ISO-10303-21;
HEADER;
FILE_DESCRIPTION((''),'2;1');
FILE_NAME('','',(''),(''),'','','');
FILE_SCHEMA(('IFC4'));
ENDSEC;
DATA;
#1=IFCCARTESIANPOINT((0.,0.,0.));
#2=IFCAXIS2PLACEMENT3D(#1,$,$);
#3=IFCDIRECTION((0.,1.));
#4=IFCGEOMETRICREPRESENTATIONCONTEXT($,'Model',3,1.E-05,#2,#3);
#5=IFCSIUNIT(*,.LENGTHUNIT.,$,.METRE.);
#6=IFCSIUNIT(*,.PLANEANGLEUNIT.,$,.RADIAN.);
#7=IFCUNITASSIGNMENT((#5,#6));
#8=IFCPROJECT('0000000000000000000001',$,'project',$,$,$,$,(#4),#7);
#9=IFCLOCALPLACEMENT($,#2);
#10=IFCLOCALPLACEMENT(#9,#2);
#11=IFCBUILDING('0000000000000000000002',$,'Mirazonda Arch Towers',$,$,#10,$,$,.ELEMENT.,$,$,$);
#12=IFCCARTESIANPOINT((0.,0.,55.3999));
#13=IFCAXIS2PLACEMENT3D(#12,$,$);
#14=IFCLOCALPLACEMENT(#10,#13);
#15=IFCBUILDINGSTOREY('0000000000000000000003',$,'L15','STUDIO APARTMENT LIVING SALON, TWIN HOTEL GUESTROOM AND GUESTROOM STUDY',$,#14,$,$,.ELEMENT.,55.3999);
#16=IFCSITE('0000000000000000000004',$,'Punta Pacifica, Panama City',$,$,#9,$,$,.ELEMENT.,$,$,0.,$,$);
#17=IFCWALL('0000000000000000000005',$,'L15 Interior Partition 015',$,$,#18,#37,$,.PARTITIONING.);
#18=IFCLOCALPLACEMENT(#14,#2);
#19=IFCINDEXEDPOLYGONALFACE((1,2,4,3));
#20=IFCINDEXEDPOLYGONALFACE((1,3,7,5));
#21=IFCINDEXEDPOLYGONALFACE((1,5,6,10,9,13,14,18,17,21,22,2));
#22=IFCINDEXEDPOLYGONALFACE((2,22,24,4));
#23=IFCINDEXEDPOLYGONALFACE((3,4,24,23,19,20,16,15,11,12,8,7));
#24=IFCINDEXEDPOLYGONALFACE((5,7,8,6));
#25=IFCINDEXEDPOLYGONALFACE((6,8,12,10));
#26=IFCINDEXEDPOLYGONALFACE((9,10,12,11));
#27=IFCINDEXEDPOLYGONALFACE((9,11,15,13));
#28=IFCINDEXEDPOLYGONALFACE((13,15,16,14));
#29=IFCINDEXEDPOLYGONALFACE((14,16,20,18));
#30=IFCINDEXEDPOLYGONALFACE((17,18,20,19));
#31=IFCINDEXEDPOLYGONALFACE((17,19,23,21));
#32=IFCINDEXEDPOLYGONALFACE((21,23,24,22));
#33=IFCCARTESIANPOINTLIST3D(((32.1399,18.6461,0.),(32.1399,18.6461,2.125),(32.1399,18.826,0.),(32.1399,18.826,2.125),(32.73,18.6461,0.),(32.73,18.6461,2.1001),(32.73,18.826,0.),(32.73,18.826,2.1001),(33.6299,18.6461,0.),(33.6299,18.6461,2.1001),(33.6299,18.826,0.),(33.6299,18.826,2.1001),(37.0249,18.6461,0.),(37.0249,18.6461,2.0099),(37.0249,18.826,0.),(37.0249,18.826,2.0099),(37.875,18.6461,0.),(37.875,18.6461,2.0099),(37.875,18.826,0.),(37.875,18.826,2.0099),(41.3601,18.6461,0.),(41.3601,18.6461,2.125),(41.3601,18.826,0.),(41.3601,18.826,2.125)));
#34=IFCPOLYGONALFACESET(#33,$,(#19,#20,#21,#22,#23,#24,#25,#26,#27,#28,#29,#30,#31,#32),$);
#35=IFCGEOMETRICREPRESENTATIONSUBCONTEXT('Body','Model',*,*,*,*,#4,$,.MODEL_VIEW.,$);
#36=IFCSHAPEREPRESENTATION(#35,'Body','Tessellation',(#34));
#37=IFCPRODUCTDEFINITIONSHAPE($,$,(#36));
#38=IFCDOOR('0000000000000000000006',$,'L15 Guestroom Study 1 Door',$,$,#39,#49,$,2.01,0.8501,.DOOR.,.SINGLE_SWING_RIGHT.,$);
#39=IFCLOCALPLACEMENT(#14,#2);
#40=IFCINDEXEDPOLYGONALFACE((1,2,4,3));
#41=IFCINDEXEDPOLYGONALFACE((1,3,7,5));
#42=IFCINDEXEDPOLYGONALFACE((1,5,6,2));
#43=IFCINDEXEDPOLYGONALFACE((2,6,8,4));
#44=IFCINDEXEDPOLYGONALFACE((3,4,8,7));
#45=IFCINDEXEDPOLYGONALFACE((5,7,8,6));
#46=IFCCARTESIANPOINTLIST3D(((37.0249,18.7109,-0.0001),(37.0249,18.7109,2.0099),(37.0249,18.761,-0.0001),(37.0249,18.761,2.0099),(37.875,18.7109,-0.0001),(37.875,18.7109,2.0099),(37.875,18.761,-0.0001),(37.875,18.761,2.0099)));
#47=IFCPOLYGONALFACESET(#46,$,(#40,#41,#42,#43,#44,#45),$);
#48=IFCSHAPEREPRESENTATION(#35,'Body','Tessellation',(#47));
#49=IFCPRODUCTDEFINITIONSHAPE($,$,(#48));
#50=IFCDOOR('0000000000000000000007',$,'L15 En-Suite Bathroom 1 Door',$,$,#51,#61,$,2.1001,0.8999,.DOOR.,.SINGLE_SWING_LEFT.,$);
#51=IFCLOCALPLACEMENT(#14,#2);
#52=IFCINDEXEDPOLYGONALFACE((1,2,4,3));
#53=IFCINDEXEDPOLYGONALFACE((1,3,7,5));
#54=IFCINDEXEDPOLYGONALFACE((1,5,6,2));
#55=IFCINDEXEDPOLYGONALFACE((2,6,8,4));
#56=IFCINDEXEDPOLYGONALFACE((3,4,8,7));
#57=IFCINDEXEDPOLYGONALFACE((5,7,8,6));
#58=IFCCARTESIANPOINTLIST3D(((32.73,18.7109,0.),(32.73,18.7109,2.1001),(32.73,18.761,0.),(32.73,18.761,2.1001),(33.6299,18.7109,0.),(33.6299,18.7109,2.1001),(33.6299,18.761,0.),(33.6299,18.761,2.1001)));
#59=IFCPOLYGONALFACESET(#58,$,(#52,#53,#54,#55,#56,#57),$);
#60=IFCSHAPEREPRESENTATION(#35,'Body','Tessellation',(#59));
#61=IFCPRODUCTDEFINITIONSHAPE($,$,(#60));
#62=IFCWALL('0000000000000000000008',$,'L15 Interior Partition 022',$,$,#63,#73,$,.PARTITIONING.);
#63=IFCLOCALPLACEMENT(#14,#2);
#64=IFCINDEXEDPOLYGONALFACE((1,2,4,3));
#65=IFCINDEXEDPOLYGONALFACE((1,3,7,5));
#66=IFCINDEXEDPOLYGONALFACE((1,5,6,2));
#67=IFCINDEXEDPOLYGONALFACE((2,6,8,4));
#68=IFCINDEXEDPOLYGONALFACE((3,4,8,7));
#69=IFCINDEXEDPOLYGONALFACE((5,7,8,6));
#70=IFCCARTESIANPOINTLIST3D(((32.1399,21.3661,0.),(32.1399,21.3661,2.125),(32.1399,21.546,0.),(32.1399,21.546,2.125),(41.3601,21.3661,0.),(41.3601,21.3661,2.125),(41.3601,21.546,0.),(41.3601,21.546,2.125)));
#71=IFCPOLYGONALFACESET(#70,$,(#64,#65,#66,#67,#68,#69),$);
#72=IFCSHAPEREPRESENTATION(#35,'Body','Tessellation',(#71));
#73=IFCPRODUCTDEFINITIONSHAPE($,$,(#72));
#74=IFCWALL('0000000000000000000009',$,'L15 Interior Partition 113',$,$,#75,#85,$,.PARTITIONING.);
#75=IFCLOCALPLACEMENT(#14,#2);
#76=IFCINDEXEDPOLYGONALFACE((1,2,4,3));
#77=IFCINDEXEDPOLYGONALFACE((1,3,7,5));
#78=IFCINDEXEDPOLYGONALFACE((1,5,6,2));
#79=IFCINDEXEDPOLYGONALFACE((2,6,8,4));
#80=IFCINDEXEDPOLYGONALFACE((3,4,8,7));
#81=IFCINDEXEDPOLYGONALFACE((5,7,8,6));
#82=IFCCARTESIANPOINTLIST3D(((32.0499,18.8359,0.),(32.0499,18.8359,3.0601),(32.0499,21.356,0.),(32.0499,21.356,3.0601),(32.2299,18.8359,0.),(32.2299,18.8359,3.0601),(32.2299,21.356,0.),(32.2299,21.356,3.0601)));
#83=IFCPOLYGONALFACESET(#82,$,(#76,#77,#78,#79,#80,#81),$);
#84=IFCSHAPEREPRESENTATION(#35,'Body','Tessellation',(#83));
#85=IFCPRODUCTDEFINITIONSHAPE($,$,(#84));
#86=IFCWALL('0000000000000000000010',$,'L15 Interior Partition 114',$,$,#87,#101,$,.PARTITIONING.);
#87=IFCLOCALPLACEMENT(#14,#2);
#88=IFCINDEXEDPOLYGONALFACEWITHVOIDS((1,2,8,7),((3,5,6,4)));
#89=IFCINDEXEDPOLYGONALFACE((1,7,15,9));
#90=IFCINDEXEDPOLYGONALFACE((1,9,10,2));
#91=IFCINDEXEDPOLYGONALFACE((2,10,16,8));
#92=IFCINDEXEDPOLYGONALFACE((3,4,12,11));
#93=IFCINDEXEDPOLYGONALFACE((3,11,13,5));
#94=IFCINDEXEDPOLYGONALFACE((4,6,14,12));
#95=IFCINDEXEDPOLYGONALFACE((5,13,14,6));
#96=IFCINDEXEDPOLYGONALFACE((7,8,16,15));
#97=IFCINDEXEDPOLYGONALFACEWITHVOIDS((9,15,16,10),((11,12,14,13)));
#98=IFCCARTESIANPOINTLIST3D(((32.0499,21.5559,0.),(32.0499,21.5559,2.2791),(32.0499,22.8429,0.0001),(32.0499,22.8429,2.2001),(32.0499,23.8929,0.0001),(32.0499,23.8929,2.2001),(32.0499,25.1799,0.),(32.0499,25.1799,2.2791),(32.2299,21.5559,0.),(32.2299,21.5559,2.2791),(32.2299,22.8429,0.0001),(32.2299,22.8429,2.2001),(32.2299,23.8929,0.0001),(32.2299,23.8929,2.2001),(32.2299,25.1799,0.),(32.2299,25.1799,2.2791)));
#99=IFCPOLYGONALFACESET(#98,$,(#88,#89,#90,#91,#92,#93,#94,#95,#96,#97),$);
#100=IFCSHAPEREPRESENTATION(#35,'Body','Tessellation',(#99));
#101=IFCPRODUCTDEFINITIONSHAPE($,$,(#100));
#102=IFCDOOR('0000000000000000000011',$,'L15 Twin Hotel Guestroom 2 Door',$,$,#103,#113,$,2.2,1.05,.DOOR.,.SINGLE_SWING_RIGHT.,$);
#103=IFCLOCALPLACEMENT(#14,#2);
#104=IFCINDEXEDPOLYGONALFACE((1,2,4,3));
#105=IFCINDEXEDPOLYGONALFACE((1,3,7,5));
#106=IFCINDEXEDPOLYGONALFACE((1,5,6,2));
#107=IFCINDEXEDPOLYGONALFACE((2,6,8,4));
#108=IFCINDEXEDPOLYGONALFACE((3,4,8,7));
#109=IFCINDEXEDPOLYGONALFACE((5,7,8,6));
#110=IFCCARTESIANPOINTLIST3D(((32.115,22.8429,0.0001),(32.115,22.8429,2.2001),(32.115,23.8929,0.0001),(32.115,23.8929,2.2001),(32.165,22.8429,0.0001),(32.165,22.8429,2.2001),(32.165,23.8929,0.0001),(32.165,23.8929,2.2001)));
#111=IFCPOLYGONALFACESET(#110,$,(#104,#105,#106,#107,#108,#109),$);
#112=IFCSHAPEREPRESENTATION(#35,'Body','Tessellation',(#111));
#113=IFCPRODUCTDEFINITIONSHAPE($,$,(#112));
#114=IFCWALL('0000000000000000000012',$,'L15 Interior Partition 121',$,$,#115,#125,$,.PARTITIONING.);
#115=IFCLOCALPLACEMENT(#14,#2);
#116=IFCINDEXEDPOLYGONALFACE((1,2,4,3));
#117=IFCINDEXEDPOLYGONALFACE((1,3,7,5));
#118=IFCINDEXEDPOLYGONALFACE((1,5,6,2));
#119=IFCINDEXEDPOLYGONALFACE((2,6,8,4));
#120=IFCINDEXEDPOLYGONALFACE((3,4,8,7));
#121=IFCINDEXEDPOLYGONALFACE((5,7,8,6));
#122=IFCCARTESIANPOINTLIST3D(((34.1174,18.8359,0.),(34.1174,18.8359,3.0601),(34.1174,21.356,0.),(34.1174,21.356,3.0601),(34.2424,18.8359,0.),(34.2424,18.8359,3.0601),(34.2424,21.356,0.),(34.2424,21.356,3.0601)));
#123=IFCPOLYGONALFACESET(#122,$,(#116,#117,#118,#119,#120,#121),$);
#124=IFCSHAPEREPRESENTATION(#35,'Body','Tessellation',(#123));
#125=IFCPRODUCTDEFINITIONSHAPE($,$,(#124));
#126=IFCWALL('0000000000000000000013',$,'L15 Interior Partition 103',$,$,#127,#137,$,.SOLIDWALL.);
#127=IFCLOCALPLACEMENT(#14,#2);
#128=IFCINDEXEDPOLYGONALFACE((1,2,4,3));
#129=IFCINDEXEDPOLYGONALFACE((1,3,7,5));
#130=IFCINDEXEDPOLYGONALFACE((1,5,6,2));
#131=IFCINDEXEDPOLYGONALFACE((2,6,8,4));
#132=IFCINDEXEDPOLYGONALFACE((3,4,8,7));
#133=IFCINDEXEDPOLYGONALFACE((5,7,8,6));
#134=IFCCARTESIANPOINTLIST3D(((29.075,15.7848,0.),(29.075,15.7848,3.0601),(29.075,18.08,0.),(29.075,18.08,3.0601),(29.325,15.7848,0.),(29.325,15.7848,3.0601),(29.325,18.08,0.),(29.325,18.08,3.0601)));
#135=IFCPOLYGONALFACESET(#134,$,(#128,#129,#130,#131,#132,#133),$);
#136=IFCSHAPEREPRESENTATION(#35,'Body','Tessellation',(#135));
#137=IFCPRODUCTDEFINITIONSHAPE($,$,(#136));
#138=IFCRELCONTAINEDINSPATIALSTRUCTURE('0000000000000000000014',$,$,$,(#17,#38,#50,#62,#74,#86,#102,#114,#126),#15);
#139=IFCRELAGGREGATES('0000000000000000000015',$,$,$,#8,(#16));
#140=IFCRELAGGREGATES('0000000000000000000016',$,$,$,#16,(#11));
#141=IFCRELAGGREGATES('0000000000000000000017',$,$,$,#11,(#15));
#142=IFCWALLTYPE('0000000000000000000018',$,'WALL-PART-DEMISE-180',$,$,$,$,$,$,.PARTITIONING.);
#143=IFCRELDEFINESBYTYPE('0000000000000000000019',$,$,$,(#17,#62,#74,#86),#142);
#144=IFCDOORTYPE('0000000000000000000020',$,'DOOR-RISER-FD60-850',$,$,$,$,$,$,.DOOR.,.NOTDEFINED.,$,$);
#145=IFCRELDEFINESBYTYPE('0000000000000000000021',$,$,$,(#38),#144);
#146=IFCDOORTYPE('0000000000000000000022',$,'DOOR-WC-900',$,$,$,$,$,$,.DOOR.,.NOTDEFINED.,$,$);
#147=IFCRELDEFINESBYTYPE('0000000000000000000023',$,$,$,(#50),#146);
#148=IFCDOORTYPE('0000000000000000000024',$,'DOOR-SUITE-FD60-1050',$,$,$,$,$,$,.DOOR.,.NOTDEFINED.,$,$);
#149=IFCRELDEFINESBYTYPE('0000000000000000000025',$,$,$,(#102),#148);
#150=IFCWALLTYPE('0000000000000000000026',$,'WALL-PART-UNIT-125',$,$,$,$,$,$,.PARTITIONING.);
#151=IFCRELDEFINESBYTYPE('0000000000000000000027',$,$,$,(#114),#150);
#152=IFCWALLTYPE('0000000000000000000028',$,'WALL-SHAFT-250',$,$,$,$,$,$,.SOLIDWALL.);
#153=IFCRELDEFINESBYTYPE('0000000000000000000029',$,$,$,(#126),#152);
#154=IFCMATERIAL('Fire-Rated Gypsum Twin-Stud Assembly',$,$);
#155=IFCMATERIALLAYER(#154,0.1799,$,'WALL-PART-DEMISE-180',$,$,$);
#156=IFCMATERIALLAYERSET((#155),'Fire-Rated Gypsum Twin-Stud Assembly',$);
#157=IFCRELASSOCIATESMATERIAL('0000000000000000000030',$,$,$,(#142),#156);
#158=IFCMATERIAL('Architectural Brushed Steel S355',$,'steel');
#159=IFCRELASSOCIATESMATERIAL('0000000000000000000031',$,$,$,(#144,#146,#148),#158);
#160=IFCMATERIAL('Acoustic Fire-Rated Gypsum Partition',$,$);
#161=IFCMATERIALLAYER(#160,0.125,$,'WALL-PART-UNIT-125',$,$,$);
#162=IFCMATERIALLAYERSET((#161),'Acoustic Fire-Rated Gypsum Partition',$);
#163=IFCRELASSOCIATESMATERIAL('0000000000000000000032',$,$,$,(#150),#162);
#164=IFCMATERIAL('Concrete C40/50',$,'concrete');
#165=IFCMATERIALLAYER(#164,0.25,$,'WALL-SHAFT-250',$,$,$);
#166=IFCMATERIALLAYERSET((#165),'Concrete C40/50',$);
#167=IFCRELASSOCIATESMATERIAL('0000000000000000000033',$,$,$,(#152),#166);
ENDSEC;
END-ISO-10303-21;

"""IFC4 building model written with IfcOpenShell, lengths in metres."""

from ifc_helpers import new_model, si_unit, direction, frame, frame_2d, origin, place, context, subcontext, project, spatial, rectangle, extrude, material, layer, layer_set, type_object, element, fill, save


model = new_model("IFC4")

# Units and contexts
model_context = context("Model", 3, precision=1e-05, world=origin(), true_north=direction((0.0, 1.0)))
body_context = subcontext(model_context, "Body", "Model", "MODEL_VIEW")
ifc_project = project(units=[si_unit("LENGTHUNIT", "METRE"), si_unit("PLANEANGLEUNIT", "RADIAN")], contexts=[model_context])

# Site, building, storey
site_placement = place(None, origin())
site = spatial("IfcSite", under=ifc_project, at=site_placement, Name="Punta Pacifica, Panama City", CompositionType="ELEMENT", RefElevation=0.0)
building_placement = place(site_placement, origin())
building = spatial("IfcBuilding", under=site, at=building_placement, Name="Mirazonda Arch Towers", CompositionType="ELEMENT")
storey_placement = place(building_placement, frame((0.0, 0.0, 55.3999)))
storey = spatial("IfcBuildingStorey", under=building, at=storey_placement, Name="L15", Description="STUDIO APARTMENT LIVING SALON, TWIN HOTEL GUESTROOM AND GUESTROOM STUDY", CompositionType="ELEMENT", Elevation=55.3999)

# Wall, openings, doors
ifc_material_1 = material(Name="Fire-Rated Gypsum Twin-Stud Assembly")
ifc_layer_1 = layer(ifc_material_1, 0.1799, Name="WALL-PART-DEMISE-180")
ifc_layer_set_1 = layer_set([ifc_layer_1], Name="Fire-Rated Gypsum Twin-Stud Assembly")
wall_type_1 = type_object("IfcWallType", Name="WALL-PART-DEMISE-180", PredefinedType="PARTITIONING", material=ifc_layer_set_1)
wall_1_placement = place(storey_placement, frame((32.1399, 18.7361, 0.0), z_axis=(0.0, 0.0, 1.0), x_axis=(1.0, 0.0, 0.0)))
wall_1 = element("IfcWall", 1, at=wall_1_placement, inside=storey, type_object=wall_type_1, Name="L15 Interior Partition 015", PredefinedType="PARTITIONING", context=body_context, shape_type="SweptSolid", body=[
    extrude(rectangle(XDim=9.2202, YDim=0.1799, at=frame_2d((4.6101, 0.0))), origin(), (0.0, 0.0, 1.0), 2.125),
])
opening_1_placement = place(wall_1_placement, frame((4.885, 0.0, 0.0)))
opening_1 = element("IfcOpeningElement", 2, at=opening_1_placement, cuts=wall_1, PredefinedType="OPENING", context=body_context, shape_type="SweptSolid", body=[
    extrude(rectangle(XDim=0.8501, YDim=2.01, at=frame_2d((0.425, 1.0049))), frame((0.0, 0.0999, 0.0), z_axis=(0.0, -1.0, 0.0), x_axis=(1.0, 0.0, 0.0)), (0.0, 0.0, 1.0), 0.2),
])
opening_2_placement = place(wall_1_placement, frame((0.5901, 0.0, 0.0)))
opening_2 = element("IfcOpeningElement", 3, at=opening_2_placement, cuts=wall_1, PredefinedType="OPENING", context=body_context, shape_type="SweptSolid", body=[
    extrude(rectangle(XDim=0.8999, YDim=2.1001, at=frame_2d((0.45, 1.05))), frame((0.0, 0.0999, 0.0), z_axis=(0.0, -1.0, 0.0), x_axis=(1.0, 0.0, 0.0)), (0.0, 0.0, 1.0), 0.2),
])
ifc_material_2 = material(Name="Architectural Brushed Steel S355", Category="steel")
door_type_1 = type_object("IfcDoorType", Name="DOOR-RISER-FD60-850", OperationType="NOTDEFINED", PredefinedType="DOOR", material=ifc_material_2)
door_1_placement = place(opening_1_placement, origin())
door_1 = element("IfcDoor", 4, at=door_1_placement, inside=storey, type_object=door_type_1, Name="L15 Guestroom Study 1 Door", OperationType="SINGLE_SWING_RIGHT", OverallHeight=2.01, OverallWidth=0.8501, PredefinedType="DOOR", context=body_context, shape_type="SweptSolid", body=[
    extrude(rectangle(XDim=0.8501, YDim=2.01, at=frame_2d((0.425, 1.0049))), frame((0.0, 0.0249, 0.0), z_axis=(0.0, -1.0, 0.0), x_axis=(1.0, 0.0, 0.0)), (0.0, 0.0, 1.0), 0.05),
])
fill(opening_1, door_1)
door_type_2 = type_object("IfcDoorType", Name="DOOR-WC-900", OperationType="NOTDEFINED", PredefinedType="DOOR", material=ifc_material_2)
door_2_placement = place(opening_2_placement, origin())
door_2 = element("IfcDoor", 5, at=door_2_placement, inside=storey, type_object=door_type_2, Name="L15 En-Suite Bathroom 1 Door", OperationType="SINGLE_SWING_LEFT", OverallHeight=2.1001, OverallWidth=0.8999, PredefinedType="DOOR", context=body_context, shape_type="SweptSolid", body=[
    extrude(rectangle(XDim=0.8999, YDim=2.1001, at=frame_2d((0.45, 1.05))), frame((0.0, 0.0249, 0.0), z_axis=(0.0, -1.0, 0.0), x_axis=(1.0, 0.0, 0.0)), (0.0, 0.0, 1.0), 0.05),
])
fill(opening_2, door_2)

# Walls
wall_2_placement = place(storey_placement, frame((32.1399, 21.4561, 0.0), z_axis=(0.0, 0.0, 1.0), x_axis=(1.0, 0.0, 0.0)))
element("IfcWall", 6, at=wall_2_placement, inside=storey, type_object=wall_type_1, Name="L15 Interior Partition 022", PredefinedType="PARTITIONING", context=body_context, shape_type="SweptSolid", body=[
    extrude(rectangle(XDim=9.2202, YDim=0.1799, at=frame_2d((4.6101, 0.0))), origin(), (0.0, 0.0, 1.0), 2.125),
])
wall_3_placement = place(storey_placement, frame((32.1399, 18.8359, 0.0), z_axis=(0.0, 0.0, 1.0), x_axis=(0.0, 1.0, 0.0)))
element("IfcWall", 7, at=wall_3_placement, inside=storey, type_object=wall_type_1, Name="L15 Interior Partition 113", PredefinedType="PARTITIONING", context=body_context, shape_type="SweptSolid", body=[
    extrude(rectangle(XDim=2.52, YDim=0.1799, at=frame_2d((1.26, 0.0))), origin(), (0.0, 0.0, 1.0), 3.0601),
])

# Wall, opening, door
wall_4_placement = place(storey_placement, frame((32.1399, 21.5559, 0.0), z_axis=(0.0, 0.0, 1.0), x_axis=(0.0, 1.0, 0.0)))
wall_4 = element("IfcWall", 8, at=wall_4_placement, inside=storey, type_object=wall_type_1, Name="L15 Interior Partition 114", PredefinedType="PARTITIONING", context=body_context, shape_type="SweptSolid", body=[
    extrude(rectangle(XDim=3.624, YDim=0.1799, at=frame_2d((1.812, 0.0))), origin(), (0.0, 0.0, 1.0), 2.2791),
])
opening_3_placement = place(wall_4_placement, frame((1.2871, 0.0, 0.0)))
opening_3 = element("IfcOpeningElement", 9, at=opening_3_placement, cuts=wall_4, PredefinedType="OPENING", context=body_context, shape_type="SweptSolid", body=[
    extrude(rectangle(XDim=1.05, YDim=2.2, at=frame_2d((0.5249, 1.1001))), frame((0.0, 0.0999, 0.0), z_axis=(0.0, -1.0, 0.0), x_axis=(1.0, 0.0, 0.0)), (0.0, 0.0, 1.0), 0.2),
])
door_type_3 = type_object("IfcDoorType", Name="DOOR-SUITE-FD60-1050", OperationType="NOTDEFINED", PredefinedType="DOOR", material=ifc_material_2)
door_3_placement = place(opening_3_placement, origin())
door_3 = element("IfcDoor", 10, at=door_3_placement, inside=storey, type_object=door_type_3, Name="L15 Twin Hotel Guestroom 2 Door", OperationType="SINGLE_SWING_RIGHT", OverallHeight=2.2, OverallWidth=1.05, PredefinedType="DOOR", context=body_context, shape_type="SweptSolid", body=[
    extrude(rectangle(XDim=1.05, YDim=2.2, at=frame_2d((0.5249, 1.1001))), frame((0.0, 0.0249, 0.0), z_axis=(0.0, -1.0, 0.0), x_axis=(1.0, 0.0, 0.0)), (0.0, 0.0, 1.0), 0.05),
])
fill(opening_3, door_3)

# Walls
ifc_material_3 = material(Name="Acoustic Fire-Rated Gypsum Partition")
ifc_layer_2 = layer(ifc_material_3, 0.125, Name="WALL-PART-UNIT-125")
ifc_layer_set_2 = layer_set([ifc_layer_2], Name="Acoustic Fire-Rated Gypsum Partition")
wall_type_2 = type_object("IfcWallType", Name="WALL-PART-UNIT-125", PredefinedType="PARTITIONING", material=ifc_layer_set_2)
wall_5_placement = place(storey_placement, frame((34.1799, 18.8359, 0.0), z_axis=(0.0, 0.0, 1.0), x_axis=(0.0, 1.0, 0.0)))
element("IfcWall", 11, at=wall_5_placement, inside=storey, type_object=wall_type_2, Name="L15 Interior Partition 121", PredefinedType="PARTITIONING", context=body_context, shape_type="SweptSolid", body=[
    extrude(rectangle(XDim=2.52, YDim=0.125, at=frame_2d((1.26, 0.0))), origin(), (0.0, 0.0, 1.0), 3.0601),
])
ifc_material_4 = material(Name="Concrete C40/50", Category="concrete")
ifc_layer_3 = layer(ifc_material_4, 0.25, Name="WALL-SHAFT-250")
ifc_layer_set_3 = layer_set([ifc_layer_3], Name="Concrete C40/50")
wall_type_3 = type_object("IfcWallType", Name="WALL-SHAFT-250", PredefinedType="SOLIDWALL", material=ifc_layer_set_3)
wall_6_placement = place(storey_placement, frame((29.2, 15.7849, 0.0), z_axis=(0.0, 0.0, 1.0), x_axis=(0.0, 1.0, 0.0)))
element("IfcWall", 12, at=wall_6_placement, inside=storey, type_object=wall_type_3, Name="L15 Interior Partition 103", PredefinedType="SOLIDWALL", context=body_context, shape_type="SweptSolid", body=[
    extrude(rectangle(XDim=2.2952, YDim=0.25, at=frame_2d((1.1475, 0.0))), origin(), (0.0, 0.0, 1.0), 3.0601),
])

save(model, "model.ifc")
